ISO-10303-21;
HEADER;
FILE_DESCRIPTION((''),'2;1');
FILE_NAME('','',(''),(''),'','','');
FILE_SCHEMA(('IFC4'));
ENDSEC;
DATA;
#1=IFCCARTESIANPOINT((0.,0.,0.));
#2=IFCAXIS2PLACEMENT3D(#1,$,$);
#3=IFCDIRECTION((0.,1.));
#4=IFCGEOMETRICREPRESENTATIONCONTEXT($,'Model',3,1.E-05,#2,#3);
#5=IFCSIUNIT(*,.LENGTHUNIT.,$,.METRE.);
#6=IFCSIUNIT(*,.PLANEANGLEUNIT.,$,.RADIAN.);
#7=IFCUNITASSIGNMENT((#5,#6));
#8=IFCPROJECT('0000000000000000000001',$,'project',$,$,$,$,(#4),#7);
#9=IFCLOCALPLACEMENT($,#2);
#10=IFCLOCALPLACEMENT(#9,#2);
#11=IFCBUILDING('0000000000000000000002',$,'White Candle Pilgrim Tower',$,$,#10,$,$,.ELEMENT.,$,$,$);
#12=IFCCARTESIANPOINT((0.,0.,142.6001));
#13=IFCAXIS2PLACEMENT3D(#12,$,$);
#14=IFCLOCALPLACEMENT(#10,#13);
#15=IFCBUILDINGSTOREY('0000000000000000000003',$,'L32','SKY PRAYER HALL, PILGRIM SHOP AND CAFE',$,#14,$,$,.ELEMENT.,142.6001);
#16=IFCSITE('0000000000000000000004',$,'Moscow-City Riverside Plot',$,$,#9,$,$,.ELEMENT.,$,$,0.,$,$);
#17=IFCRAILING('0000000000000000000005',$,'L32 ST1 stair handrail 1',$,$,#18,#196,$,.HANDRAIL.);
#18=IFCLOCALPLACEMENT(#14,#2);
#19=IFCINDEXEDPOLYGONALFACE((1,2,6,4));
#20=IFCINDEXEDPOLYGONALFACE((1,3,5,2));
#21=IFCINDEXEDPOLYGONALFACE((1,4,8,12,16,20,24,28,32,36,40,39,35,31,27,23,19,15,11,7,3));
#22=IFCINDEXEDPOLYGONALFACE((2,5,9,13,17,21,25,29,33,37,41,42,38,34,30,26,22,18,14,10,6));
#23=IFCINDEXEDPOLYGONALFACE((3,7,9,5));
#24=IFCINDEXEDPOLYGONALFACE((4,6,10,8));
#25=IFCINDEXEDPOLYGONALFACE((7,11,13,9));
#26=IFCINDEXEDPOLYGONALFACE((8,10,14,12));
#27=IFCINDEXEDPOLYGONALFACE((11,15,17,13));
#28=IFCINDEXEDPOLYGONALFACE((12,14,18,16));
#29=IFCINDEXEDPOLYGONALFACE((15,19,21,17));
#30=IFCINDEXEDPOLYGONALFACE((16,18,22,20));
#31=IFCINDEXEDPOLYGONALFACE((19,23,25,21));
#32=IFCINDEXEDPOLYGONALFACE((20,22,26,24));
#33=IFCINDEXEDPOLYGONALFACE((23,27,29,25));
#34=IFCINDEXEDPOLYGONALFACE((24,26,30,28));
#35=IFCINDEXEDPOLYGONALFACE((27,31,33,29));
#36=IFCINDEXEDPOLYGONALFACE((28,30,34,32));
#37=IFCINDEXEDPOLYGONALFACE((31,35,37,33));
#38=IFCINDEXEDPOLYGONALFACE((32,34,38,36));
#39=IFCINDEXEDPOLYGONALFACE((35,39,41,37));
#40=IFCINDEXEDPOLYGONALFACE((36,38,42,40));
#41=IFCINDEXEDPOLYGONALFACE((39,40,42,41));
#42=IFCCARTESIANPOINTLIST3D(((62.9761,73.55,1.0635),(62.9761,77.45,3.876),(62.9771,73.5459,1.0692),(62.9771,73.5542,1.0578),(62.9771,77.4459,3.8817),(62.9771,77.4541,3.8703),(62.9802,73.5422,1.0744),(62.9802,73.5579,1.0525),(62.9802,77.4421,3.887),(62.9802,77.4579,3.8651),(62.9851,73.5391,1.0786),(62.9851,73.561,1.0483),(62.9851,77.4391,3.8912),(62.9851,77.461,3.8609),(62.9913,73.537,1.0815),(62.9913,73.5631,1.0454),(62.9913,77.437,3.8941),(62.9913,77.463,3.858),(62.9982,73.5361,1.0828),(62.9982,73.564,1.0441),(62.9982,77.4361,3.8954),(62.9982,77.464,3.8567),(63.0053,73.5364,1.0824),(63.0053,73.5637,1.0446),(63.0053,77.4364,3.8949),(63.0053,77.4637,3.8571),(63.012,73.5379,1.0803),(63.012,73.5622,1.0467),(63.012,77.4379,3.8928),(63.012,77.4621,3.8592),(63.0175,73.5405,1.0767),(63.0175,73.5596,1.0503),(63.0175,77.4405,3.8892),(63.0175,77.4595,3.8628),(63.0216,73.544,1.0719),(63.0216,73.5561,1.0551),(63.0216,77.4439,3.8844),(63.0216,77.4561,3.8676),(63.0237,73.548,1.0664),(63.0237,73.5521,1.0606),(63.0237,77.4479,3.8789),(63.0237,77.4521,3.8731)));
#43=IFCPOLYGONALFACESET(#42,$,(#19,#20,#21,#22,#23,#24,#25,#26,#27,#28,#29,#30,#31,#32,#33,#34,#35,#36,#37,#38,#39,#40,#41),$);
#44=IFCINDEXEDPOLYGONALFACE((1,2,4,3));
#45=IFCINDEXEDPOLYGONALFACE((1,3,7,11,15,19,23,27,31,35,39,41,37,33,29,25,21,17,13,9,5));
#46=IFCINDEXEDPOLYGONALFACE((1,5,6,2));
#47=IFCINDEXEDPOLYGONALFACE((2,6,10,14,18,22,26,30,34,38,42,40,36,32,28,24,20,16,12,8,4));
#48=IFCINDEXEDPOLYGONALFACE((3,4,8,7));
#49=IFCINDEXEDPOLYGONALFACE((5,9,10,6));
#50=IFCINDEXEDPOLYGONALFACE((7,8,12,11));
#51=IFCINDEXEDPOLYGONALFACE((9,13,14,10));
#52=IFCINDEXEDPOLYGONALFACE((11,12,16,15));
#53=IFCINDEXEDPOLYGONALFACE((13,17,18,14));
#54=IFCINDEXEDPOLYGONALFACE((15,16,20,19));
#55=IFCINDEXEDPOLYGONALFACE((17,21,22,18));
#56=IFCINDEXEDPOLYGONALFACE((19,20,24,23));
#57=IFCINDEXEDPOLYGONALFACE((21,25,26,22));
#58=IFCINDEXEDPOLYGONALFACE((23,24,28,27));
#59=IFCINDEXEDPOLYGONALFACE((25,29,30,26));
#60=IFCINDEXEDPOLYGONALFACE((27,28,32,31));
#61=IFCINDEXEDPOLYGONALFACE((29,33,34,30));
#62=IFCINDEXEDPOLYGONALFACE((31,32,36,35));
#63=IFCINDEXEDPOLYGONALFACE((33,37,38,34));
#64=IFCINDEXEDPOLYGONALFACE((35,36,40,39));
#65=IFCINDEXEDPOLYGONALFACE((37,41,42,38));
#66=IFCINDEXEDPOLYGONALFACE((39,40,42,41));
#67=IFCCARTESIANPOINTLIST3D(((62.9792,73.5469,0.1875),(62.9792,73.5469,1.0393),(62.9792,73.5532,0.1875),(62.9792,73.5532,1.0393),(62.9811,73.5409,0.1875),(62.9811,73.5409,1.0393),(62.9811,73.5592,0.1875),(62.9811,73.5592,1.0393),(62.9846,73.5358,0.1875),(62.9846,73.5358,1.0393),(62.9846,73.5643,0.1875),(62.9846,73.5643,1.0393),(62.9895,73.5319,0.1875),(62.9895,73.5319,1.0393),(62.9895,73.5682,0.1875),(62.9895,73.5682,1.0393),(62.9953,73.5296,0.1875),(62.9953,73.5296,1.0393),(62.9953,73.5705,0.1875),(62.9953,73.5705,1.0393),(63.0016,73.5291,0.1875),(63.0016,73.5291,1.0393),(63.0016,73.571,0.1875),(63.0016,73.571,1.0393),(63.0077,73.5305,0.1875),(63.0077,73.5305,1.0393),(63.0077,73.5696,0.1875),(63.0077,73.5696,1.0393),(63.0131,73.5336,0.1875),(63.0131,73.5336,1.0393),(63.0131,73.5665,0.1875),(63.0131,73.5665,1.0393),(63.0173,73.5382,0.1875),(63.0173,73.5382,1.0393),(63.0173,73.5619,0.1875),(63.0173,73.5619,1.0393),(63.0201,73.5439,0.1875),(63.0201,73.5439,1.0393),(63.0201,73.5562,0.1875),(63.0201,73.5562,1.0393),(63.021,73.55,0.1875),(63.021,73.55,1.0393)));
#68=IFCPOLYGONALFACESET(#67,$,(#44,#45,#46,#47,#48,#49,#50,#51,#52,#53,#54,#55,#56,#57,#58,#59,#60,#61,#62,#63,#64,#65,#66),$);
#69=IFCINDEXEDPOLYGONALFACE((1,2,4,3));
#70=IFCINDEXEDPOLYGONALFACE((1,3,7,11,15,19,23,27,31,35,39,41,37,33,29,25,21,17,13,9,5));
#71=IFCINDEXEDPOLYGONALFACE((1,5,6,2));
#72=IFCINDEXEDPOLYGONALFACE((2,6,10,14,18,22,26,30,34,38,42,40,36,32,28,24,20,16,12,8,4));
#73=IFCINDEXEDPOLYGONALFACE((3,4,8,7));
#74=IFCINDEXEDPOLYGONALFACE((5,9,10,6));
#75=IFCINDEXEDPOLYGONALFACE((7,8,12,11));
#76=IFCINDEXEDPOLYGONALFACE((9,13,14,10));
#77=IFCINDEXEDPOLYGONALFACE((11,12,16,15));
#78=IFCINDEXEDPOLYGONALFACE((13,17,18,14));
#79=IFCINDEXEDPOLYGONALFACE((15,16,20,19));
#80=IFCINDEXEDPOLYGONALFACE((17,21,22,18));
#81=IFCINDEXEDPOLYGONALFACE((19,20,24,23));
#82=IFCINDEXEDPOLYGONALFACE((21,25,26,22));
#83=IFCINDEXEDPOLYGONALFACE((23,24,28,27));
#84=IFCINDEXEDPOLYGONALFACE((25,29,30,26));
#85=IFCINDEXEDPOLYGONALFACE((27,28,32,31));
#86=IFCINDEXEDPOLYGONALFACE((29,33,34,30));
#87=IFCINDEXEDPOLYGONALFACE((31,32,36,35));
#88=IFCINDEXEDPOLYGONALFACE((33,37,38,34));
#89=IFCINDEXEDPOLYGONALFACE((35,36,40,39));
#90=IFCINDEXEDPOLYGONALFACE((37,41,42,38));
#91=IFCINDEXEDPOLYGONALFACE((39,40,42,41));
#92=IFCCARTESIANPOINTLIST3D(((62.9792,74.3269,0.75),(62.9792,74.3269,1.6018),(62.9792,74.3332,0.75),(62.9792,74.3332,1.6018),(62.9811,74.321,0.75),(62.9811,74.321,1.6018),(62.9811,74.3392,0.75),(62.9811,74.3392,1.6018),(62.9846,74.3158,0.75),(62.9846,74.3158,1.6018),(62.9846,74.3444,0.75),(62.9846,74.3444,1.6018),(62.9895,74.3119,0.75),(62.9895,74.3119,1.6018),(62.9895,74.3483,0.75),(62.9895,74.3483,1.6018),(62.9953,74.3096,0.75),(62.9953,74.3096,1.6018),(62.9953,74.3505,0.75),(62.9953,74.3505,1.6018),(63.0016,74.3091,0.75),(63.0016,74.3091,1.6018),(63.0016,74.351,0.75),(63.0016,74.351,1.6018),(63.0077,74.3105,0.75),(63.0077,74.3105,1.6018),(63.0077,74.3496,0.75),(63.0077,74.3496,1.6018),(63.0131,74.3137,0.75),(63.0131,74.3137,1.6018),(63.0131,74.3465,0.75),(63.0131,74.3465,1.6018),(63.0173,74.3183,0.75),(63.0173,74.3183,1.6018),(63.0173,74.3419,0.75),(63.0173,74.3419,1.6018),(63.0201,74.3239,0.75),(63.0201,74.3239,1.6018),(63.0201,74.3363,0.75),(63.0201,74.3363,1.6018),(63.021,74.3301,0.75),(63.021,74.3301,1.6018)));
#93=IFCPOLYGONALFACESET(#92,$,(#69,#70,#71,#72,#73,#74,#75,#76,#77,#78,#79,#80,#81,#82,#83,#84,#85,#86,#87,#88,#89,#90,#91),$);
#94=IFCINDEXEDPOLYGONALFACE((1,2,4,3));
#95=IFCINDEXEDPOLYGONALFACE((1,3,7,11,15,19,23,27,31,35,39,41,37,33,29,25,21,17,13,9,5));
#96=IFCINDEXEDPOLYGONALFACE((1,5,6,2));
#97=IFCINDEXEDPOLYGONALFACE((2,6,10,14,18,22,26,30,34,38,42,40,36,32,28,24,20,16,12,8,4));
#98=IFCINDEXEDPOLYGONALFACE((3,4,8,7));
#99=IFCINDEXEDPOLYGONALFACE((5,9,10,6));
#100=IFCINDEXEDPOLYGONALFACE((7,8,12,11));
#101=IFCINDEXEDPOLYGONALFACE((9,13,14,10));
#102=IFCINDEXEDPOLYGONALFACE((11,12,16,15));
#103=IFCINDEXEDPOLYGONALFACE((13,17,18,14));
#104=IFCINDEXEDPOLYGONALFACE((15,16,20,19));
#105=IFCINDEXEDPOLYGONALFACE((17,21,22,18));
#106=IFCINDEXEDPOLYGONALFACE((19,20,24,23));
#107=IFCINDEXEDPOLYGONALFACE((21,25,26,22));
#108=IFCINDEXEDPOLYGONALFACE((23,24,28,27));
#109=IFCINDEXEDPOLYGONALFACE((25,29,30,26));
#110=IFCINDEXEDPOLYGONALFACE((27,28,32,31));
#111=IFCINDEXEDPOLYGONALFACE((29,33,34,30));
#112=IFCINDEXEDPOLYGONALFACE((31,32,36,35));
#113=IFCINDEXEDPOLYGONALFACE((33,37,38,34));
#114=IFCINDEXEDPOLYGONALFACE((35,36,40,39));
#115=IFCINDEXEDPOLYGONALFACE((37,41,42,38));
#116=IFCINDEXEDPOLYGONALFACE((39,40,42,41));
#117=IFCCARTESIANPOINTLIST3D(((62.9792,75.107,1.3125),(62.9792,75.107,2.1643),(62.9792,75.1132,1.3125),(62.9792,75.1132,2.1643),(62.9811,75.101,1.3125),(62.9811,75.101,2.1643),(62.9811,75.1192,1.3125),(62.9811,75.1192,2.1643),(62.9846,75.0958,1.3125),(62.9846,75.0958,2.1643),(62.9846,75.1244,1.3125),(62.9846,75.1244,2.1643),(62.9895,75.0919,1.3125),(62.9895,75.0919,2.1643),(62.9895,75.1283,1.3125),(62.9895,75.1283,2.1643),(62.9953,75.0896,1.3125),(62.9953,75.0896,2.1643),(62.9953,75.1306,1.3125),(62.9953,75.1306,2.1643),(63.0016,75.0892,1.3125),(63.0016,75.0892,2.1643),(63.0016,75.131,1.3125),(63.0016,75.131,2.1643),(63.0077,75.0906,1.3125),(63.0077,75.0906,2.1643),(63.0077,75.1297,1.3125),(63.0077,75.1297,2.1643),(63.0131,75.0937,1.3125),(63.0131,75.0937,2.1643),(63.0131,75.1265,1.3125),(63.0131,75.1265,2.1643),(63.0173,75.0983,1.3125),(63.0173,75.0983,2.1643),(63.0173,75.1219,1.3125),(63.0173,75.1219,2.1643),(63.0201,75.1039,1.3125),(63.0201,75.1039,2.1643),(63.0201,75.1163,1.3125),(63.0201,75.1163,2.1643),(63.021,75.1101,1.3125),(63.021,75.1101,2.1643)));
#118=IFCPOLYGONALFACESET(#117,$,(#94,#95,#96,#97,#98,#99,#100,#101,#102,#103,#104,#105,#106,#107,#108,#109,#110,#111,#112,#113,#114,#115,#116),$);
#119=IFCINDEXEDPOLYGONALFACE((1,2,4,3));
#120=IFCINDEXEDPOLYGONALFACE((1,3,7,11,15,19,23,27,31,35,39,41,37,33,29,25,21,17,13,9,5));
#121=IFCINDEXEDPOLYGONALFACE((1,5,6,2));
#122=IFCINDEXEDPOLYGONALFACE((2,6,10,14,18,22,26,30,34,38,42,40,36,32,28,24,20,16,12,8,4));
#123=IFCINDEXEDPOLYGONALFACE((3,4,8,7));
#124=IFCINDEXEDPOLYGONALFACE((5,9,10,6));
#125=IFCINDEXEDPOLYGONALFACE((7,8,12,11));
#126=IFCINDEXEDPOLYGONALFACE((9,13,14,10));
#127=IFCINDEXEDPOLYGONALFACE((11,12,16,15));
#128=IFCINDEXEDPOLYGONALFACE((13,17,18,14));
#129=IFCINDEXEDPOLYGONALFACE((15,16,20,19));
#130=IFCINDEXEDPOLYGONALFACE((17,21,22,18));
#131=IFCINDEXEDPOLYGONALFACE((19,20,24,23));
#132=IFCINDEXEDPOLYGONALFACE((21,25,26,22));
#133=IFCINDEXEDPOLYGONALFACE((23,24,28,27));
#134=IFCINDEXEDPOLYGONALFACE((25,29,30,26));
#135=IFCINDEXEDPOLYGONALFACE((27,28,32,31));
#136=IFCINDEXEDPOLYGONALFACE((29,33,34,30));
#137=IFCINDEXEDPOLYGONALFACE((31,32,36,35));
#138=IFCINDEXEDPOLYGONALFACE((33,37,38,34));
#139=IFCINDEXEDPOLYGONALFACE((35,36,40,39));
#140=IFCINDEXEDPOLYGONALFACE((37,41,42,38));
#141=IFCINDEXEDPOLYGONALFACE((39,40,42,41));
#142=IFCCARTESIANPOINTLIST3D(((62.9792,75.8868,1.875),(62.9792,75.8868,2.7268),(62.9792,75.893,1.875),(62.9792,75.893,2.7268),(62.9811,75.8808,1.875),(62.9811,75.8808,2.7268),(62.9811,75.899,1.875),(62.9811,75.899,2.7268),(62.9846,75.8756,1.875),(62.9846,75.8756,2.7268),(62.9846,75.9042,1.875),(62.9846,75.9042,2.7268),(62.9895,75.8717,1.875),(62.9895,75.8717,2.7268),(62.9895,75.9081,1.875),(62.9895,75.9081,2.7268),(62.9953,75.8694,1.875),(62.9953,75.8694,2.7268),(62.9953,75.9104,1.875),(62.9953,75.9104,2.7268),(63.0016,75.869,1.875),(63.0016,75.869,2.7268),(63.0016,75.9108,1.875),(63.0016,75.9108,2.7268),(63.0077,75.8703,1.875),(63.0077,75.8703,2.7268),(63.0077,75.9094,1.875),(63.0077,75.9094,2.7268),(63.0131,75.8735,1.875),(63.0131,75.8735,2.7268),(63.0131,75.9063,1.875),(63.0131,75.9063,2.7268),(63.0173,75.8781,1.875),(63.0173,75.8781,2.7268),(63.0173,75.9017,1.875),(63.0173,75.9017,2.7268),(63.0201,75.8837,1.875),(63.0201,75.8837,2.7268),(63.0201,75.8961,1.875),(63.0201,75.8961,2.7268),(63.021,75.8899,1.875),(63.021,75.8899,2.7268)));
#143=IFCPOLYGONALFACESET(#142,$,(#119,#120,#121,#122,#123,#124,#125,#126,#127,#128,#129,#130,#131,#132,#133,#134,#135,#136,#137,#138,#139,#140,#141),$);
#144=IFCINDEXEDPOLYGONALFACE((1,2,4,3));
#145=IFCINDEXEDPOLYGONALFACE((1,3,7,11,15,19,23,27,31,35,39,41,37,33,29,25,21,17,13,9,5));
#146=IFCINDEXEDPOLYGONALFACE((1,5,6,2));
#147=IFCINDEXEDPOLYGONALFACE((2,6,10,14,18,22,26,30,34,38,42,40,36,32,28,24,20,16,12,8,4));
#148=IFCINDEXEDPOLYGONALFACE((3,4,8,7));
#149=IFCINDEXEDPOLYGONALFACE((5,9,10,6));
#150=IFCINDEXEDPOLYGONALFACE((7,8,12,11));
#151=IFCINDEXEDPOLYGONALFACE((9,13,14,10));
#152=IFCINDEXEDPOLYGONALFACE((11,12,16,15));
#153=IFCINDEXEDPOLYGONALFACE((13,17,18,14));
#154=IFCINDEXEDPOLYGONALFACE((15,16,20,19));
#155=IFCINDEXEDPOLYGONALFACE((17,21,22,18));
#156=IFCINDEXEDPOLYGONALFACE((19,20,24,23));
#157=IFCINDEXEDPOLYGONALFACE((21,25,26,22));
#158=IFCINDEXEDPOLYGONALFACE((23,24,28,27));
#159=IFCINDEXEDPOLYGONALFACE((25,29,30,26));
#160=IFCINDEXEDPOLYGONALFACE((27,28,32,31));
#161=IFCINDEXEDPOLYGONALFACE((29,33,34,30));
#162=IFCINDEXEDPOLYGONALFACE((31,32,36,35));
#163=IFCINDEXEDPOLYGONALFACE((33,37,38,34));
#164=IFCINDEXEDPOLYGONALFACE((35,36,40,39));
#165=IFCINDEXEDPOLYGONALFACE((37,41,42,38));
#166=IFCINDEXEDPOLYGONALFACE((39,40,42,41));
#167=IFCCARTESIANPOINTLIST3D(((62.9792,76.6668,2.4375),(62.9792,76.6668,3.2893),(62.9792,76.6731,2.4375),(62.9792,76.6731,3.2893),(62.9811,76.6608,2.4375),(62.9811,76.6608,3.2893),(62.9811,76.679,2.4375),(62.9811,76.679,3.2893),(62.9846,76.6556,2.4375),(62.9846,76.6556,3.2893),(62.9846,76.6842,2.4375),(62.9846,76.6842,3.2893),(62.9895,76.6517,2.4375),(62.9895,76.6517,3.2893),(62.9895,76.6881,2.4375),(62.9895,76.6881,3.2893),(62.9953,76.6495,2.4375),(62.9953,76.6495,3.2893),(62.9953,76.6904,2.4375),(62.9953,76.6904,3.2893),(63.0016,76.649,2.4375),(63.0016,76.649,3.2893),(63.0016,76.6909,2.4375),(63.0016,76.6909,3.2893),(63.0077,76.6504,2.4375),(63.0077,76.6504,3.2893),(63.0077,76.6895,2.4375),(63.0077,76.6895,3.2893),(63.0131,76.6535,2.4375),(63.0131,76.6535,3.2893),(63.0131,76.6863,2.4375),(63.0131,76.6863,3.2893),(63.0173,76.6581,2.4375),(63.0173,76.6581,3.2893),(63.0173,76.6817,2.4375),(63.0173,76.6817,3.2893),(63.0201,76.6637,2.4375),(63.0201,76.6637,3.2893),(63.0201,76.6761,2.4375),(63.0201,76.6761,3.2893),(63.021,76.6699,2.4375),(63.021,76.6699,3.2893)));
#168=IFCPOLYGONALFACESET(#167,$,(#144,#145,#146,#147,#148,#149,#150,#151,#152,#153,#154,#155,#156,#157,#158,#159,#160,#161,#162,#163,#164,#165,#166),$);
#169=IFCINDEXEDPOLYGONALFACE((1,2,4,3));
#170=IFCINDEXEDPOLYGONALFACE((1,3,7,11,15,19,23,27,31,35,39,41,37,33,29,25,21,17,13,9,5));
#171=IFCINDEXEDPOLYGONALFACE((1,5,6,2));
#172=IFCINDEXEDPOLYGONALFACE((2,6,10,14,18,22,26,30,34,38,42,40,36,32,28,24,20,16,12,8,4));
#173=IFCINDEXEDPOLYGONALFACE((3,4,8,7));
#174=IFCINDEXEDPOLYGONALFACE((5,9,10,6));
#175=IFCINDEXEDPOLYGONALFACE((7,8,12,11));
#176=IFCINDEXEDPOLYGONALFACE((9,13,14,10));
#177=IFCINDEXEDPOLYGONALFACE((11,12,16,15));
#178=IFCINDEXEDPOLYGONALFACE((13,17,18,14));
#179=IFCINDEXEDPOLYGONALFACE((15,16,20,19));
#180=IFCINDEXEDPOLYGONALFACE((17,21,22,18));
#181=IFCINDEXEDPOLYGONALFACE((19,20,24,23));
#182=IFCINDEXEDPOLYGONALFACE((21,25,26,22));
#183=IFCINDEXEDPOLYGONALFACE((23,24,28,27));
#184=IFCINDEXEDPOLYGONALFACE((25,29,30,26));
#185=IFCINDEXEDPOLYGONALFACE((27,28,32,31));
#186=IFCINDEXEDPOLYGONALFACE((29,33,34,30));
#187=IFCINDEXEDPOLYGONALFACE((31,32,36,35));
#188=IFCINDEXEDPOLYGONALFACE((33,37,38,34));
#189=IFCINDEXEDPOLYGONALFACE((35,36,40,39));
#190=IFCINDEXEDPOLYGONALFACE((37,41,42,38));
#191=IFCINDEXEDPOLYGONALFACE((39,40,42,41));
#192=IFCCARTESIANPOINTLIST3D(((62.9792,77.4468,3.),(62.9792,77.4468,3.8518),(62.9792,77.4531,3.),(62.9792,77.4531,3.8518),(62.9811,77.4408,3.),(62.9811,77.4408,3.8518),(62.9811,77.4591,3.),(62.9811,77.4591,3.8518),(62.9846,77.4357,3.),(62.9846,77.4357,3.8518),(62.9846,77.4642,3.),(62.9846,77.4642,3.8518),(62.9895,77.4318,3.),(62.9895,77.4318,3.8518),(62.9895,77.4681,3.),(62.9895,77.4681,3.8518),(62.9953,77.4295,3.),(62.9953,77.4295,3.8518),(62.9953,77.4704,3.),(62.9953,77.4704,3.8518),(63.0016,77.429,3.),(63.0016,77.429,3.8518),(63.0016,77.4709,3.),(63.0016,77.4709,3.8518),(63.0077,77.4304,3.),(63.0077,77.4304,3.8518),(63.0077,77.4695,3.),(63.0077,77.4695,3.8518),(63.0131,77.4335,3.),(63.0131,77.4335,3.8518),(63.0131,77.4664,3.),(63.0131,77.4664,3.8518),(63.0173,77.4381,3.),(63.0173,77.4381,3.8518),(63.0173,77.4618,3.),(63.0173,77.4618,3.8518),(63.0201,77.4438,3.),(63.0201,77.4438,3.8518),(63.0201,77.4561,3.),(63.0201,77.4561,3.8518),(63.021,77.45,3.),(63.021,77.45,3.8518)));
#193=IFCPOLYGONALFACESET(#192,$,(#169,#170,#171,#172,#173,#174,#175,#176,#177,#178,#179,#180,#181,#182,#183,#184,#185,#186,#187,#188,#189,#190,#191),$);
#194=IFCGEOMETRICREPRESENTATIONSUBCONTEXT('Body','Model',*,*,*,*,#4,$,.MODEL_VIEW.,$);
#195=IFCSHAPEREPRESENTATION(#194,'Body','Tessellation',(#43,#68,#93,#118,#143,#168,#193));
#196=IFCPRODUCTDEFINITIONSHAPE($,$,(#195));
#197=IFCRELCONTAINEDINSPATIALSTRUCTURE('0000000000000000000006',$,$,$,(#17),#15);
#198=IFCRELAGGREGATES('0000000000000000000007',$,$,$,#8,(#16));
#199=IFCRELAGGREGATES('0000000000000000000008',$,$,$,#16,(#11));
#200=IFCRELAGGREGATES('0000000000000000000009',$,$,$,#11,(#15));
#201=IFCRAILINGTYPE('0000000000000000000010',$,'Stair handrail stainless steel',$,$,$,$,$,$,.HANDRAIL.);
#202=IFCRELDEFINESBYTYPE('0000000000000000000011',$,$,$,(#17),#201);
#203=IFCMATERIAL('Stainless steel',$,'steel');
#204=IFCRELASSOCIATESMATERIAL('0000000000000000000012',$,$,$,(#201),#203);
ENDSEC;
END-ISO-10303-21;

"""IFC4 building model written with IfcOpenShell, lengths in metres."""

from ifc_helpers import new_model, si_unit, direction, frame, origin, origin_2d, place, context, subcontext, project, spatial, circle, extrude, material, type_object, element, save


model = new_model("IFC4")

# Units and contexts
model_context = context("Model", 3, precision=1e-05, world=origin(), true_north=direction((0.0, 1.0)))
body_context = subcontext(model_context, "Body", "Model", "MODEL_VIEW")
ifc_project = project(units=[si_unit("LENGTHUNIT", "METRE"), si_unit("PLANEANGLEUNIT", "RADIAN")], contexts=[model_context])

# Site, building, storey
site_placement = place(None, origin())
site = spatial("IfcSite", under=ifc_project, at=site_placement, Name="Moscow-City Riverside Plot", CompositionType="ELEMENT", RefElevation=0.0)
building_placement = place(site_placement, origin())
building = spatial("IfcBuilding", under=site, at=building_placement, Name="White Candle Pilgrim Tower", CompositionType="ELEMENT")
storey_placement = place(building_placement, frame((0.0, 0.0, 142.6001)))
storey = spatial("IfcBuildingStorey", under=building, at=storey_placement, Name="L32", Description="SKY PRAYER HALL, PILGRIM SHOP AND CAFE", CompositionType="ELEMENT", Elevation=142.6001)

# Railing
ifc_material_1 = material(Name="Stainless steel", Category="steel")
railing_type_1 = type_object("IfcRailingType", Name="Stair handrail stainless steel", PredefinedType="HANDRAIL", material=ifc_material_1)
railing_1_placement = place(storey_placement, frame((63.0, 73.55, 0.1875)))
element("IfcRailing", 1, at=railing_1_placement, inside=storey, type_object=railing_type_1, Name="L32 ST1 stair handrail 1", PredefinedType="HANDRAIL", context=body_context, shape_type="SweptSolid", body=[
    extrude(circle(Radius=0.0239, at=origin_2d()), frame((0.0, 0.0, 0.876), z_axis=(0.0, 0.811083, 0.584931), x_axis=(-1.0, 0.0, 0.0)), (0.0, 0.0, 1.0), 4.8083),
    extrude(circle(Radius=0.021, at=origin_2d()), origin(), (0.0, 0.0, 1.0), 0.8518),
    extrude(circle(Radius=0.021, at=origin_2d()), frame((0.0, 0.78, 0.5625)), (0.0, 0.0, 1.0), 0.8518),
    extrude(circle(Radius=0.021, at=origin_2d()), frame((0.0, 1.5601, 1.125)), (0.0, 0.0, 1.0), 0.8518),
    extrude(circle(Radius=0.021, at=origin_2d()), frame((0.0, 2.3398, 1.6875)), (0.0, 0.0, 1.0), 0.8518),
    extrude(circle(Radius=0.021, at=origin_2d()), frame((0.0, 3.1199, 2.25)), (0.0, 0.0, 1.0), 0.8518),
    extrude(circle(Radius=0.021, at=origin_2d()), frame((0.0, 3.8999, 2.8125)), (0.0, 0.0, 1.0), 0.8518),
])

save(model, "model.ifc")
